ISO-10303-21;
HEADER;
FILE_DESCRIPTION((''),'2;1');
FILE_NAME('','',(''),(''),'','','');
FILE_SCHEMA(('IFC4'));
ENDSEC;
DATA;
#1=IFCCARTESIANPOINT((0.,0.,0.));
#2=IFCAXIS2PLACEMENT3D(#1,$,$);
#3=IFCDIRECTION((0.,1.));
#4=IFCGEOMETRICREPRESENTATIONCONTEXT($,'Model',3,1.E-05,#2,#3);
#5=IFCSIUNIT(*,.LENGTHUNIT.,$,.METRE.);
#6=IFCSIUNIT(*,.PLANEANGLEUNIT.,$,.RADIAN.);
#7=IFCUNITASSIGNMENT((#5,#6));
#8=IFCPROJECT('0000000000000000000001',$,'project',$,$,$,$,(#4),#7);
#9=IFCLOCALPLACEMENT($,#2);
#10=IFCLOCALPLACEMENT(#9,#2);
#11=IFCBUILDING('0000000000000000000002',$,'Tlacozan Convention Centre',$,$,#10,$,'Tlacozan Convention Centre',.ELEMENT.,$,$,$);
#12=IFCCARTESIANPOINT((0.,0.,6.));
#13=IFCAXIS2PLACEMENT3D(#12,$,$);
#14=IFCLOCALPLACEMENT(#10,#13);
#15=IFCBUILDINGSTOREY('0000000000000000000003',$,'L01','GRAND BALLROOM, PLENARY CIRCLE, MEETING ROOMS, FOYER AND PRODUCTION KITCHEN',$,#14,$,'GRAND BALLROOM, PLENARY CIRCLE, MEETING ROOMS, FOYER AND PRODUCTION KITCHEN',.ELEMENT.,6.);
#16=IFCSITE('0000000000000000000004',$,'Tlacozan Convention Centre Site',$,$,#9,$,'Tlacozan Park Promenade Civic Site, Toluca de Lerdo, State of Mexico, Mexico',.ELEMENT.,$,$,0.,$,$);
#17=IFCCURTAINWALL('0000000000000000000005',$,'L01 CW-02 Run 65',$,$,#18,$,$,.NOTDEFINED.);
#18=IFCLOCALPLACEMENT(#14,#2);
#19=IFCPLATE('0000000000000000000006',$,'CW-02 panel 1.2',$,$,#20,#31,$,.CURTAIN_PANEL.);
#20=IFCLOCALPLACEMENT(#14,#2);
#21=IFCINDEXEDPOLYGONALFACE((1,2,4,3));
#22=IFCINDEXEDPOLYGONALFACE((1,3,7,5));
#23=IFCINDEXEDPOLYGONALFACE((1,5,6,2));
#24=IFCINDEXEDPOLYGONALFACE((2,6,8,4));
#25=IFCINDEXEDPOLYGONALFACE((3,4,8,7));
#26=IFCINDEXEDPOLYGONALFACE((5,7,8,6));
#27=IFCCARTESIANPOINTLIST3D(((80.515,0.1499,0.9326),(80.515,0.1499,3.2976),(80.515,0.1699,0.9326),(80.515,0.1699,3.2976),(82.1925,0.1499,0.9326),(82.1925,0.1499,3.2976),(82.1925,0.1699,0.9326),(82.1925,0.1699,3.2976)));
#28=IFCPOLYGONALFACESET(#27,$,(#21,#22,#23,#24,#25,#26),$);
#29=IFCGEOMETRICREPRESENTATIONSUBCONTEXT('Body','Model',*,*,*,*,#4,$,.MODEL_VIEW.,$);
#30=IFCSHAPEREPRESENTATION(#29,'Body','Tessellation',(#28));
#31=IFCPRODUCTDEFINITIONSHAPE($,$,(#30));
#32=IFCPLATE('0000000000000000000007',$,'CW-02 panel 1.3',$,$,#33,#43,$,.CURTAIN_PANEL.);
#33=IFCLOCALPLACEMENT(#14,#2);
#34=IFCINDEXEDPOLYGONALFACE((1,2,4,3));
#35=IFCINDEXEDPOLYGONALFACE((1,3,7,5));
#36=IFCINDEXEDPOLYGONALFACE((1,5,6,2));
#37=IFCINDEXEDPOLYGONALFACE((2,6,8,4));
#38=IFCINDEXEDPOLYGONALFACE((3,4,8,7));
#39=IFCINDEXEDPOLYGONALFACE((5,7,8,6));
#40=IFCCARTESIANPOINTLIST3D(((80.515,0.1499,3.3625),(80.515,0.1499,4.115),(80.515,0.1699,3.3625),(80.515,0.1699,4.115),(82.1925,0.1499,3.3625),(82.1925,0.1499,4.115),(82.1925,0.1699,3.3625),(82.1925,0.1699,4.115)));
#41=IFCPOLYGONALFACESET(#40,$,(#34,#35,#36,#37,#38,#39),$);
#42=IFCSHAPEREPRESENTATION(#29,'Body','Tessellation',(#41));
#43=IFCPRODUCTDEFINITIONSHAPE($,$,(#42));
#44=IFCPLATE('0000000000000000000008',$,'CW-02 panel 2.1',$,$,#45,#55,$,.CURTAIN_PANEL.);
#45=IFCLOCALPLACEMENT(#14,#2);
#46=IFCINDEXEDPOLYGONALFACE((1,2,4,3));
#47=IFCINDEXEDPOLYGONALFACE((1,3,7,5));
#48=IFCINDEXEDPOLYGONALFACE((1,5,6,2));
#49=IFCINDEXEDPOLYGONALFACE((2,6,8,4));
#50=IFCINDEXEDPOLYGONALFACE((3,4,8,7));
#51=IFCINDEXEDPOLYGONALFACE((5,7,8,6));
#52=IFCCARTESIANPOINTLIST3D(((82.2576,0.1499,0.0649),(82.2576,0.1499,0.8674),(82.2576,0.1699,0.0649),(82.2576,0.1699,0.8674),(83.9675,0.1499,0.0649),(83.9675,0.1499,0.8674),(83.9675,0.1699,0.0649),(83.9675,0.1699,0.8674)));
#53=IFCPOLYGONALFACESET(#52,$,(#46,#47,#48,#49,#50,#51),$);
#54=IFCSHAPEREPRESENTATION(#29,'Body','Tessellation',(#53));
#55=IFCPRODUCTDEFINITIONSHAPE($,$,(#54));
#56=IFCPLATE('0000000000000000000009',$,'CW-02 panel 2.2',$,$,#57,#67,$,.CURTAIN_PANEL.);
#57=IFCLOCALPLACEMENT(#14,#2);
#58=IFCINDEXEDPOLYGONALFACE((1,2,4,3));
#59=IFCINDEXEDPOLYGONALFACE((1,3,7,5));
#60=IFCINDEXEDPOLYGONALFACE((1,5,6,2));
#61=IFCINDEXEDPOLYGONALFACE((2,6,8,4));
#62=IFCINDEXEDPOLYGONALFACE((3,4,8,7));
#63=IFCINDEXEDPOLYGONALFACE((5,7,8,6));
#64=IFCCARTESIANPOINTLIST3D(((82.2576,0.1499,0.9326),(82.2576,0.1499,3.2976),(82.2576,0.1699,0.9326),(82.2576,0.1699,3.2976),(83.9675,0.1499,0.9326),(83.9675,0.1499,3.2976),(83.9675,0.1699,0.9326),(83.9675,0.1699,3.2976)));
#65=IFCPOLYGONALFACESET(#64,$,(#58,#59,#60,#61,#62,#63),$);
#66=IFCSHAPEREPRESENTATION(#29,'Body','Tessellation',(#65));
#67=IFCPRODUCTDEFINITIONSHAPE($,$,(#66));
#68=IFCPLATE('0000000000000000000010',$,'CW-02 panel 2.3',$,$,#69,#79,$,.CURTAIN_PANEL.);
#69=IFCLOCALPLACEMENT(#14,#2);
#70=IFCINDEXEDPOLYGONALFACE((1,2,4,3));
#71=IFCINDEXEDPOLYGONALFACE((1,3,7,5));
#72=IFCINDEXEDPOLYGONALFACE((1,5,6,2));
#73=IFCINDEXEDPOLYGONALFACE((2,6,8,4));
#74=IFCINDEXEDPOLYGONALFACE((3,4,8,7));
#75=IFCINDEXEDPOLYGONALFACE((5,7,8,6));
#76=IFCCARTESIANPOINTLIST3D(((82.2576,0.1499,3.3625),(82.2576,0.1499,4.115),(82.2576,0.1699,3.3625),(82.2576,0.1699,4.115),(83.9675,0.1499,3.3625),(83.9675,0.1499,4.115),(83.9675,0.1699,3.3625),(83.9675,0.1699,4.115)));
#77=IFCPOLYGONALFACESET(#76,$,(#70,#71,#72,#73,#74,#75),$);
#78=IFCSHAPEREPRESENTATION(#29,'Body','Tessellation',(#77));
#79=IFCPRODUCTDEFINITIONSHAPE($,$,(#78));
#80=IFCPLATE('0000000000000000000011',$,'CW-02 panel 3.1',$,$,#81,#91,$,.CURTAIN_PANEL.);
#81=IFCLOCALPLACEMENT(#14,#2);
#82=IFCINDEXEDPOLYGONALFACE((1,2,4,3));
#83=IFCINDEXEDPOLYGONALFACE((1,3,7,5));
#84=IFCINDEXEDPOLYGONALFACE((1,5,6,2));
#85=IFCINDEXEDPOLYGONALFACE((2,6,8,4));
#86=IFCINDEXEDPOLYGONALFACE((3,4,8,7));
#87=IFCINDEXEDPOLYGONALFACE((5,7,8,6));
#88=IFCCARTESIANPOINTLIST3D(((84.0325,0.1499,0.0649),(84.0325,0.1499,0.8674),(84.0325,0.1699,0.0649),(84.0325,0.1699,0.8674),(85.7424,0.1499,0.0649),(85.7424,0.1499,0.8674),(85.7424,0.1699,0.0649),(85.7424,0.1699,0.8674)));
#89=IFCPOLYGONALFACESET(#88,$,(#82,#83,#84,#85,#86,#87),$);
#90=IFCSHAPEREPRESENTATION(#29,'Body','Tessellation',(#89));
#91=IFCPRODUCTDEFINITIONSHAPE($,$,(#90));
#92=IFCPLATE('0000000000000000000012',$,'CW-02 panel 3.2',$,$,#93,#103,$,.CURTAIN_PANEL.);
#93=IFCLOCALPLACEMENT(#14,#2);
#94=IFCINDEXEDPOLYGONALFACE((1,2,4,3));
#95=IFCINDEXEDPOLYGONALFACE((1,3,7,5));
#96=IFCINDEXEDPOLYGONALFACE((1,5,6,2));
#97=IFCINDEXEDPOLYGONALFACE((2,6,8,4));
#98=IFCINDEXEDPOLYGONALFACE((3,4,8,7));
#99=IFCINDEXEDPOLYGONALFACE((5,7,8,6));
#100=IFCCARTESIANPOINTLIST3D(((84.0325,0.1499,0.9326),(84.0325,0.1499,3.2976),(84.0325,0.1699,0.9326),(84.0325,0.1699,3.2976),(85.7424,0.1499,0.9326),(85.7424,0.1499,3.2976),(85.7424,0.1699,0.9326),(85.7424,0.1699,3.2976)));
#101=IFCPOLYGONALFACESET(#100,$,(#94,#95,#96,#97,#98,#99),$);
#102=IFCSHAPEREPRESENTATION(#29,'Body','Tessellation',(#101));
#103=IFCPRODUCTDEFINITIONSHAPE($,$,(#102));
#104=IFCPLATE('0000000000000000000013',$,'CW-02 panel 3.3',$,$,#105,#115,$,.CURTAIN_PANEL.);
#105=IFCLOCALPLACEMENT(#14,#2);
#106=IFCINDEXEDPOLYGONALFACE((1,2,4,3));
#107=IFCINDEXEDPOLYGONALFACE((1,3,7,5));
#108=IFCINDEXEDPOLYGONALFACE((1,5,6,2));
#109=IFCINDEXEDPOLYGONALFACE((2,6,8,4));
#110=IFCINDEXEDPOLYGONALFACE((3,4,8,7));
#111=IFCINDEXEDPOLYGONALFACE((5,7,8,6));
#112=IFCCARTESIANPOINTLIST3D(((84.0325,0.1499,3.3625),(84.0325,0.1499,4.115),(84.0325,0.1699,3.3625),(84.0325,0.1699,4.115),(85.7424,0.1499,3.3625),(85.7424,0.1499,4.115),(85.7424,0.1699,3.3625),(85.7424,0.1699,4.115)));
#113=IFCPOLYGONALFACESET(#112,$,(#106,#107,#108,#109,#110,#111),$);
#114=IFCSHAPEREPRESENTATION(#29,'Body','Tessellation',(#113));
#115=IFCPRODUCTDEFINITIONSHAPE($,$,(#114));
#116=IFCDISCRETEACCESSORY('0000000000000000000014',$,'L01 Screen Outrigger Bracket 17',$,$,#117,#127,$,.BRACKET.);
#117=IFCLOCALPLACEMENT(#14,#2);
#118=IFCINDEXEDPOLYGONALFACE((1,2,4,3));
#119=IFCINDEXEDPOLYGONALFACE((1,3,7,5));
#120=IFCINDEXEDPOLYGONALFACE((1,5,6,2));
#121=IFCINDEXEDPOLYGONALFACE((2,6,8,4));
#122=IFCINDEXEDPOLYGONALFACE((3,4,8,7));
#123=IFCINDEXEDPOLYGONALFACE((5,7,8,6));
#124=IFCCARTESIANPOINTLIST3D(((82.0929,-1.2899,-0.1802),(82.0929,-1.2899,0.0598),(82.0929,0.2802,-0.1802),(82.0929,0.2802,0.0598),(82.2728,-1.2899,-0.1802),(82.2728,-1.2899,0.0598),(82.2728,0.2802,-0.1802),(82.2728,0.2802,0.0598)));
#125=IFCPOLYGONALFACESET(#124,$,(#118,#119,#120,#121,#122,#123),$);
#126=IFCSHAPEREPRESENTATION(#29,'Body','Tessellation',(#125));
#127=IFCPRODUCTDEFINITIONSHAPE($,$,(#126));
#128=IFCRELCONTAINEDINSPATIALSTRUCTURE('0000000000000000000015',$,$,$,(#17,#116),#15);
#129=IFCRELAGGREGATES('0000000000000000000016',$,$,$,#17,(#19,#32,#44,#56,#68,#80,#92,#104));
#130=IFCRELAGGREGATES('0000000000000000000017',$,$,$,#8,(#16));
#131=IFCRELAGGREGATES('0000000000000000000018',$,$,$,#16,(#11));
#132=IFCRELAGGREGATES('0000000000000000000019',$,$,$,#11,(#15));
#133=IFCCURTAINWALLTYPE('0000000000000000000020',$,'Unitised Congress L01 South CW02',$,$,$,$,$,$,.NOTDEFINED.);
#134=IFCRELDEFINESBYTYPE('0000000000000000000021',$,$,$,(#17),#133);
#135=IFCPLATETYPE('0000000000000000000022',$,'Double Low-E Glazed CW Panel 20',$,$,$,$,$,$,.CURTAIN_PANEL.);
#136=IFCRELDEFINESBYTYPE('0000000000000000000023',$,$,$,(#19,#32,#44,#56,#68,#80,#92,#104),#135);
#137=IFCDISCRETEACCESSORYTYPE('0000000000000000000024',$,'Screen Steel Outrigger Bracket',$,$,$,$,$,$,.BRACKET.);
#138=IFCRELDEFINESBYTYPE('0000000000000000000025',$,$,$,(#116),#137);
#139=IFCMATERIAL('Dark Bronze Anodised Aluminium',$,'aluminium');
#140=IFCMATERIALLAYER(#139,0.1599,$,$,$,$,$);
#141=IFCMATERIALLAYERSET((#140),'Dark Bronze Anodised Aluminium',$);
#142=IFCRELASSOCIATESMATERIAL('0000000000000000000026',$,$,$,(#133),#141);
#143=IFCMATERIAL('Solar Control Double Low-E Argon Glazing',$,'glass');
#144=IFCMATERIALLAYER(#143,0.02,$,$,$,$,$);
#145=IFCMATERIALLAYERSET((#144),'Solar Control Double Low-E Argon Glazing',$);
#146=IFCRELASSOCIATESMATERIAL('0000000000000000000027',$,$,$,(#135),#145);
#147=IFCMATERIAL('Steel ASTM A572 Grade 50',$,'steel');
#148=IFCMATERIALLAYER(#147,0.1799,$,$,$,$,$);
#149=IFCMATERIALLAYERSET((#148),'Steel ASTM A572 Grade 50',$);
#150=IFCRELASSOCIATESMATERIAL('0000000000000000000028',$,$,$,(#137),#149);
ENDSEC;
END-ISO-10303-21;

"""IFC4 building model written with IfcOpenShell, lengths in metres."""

from ifc_helpers import new_model, si_unit, direction, frame, origin, origin_2d, place, context, subcontext, project, spatial, rectangle, extrude, material, layer, layer_set, type_object, element, aggregate, save


model = new_model("IFC4")

# Units and contexts
model_context = context("Model", 3, precision=1e-05, world=origin(), true_north=direction((0.0, 1.0)))
body_context = subcontext(model_context, "Body", "Model", "MODEL_VIEW")
ifc_project = project(units=[si_unit("LENGTHUNIT", "METRE"), si_unit("PLANEANGLEUNIT", "RADIAN")], contexts=[model_context])

# Site, building, storey
site_placement = place(None, origin())
site = spatial("IfcSite", under=ifc_project, at=site_placement, Name="Tlacozan Convention Centre Site", LongName="Tlacozan Park Promenade Civic Site, Toluca de Lerdo, State of Mexico, Mexico", CompositionType="ELEMENT", RefElevation=0.0)
building_placement = place(site_placement, origin())
building = spatial("IfcBuilding", under=site, at=building_placement, Name="Tlacozan Convention Centre", LongName="Tlacozan Convention Centre", CompositionType="ELEMENT")
storey_placement = place(building_placement, frame((0.0, 0.0, 6.0)))
storey = spatial("IfcBuildingStorey", under=building, at=storey_placement, Name="L01", Description="GRAND BALLROOM, PLENARY CIRCLE, MEETING ROOMS, FOYER AND PRODUCTION KITCHEN", LongName="GRAND BALLROOM, PLENARY CIRCLE, MEETING ROOMS, FOYER AND PRODUCTION KITCHEN", CompositionType="ELEMENT", Elevation=6.0)

# Curtain wall, plates
ifc_material_1 = material(Name="Dark Bronze Anodised Aluminium", Category="aluminium")
ifc_layer_1 = layer(ifc_material_1, 0.1599)
ifc_layer_set_1 = layer_set([ifc_layer_1], Name="Dark Bronze Anodised Aluminium")
curtain_wall_type = type_object("IfcCurtainWallType", Name="Unitised Congress L01 South CW02", PredefinedType="NOTDEFINED", material=ifc_layer_set_1)
curtain_wall_placement = place(storey_placement, origin())
curtain_wall = element("IfcCurtainWall", 1, at=curtain_wall_placement, inside=storey, type_object=curtain_wall_type, Name="L01 CW-02 Run 65", PredefinedType="NOTDEFINED")
ifc_material_2 = material(Name="Solar Control Double Low-E Argon Glazing", Category="glass")
ifc_layer_2 = layer(ifc_material_2, 0.02)
ifc_layer_set_2 = layer_set([ifc_layer_2], Name="Solar Control Double Low-E Argon Glazing")
plate_type = type_object("IfcPlateType", Name="Double Low-E Glazed CW Panel 20", PredefinedType="CURTAIN_PANEL", material=ifc_layer_set_2)
plate_1_placement = place(storey_placement, frame((81.3538, 0.1599, 0.9326), z_axis=(0.0, 0.0, 1.0), x_axis=(1.0, 0.0, 0.0)))
plate_1 = element("IfcPlate", 2, at=plate_1_placement, type_object=plate_type, Name="CW-02 panel 1.2", PredefinedType="CURTAIN_PANEL", context=body_context, shape_type="SweptSolid", body=[
    extrude(rectangle(XDim=1.6775, YDim=0.02, at=origin_2d()), origin(), (0.0, 0.0, 1.0), 2.365),
])
plate_2_placement = place(storey_placement, frame((81.3538, 0.1599, 3.3625), z_axis=(0.0, 0.0, 1.0), x_axis=(1.0, 0.0, 0.0)))
plate_2 = element("IfcPlate", 3, at=plate_2_placement, type_object=plate_type, Name="CW-02 panel 1.3", PredefinedType="CURTAIN_PANEL", context=body_context, shape_type="SweptSolid", body=[
    extrude(rectangle(XDim=1.6775, YDim=0.02, at=origin_2d()), origin(), (0.0, 0.0, 1.0), 0.7524),
])
plate_3_placement = place(storey_placement, frame((83.1125, 0.1599, 0.0649), z_axis=(0.0, 0.0, 1.0), x_axis=(1.0, 0.0, 0.0)))
plate_3 = element("IfcPlate", 4, at=plate_3_placement, type_object=plate_type, Name="CW-02 panel 2.1", PredefinedType="CURTAIN_PANEL", context=body_context, shape_type="SweptSolid", body=[
    extrude(rectangle(XDim=1.71, YDim=0.02, at=origin_2d()), origin(), (0.0, 0.0, 1.0), 0.8025),
])
plate_4_placement = place(storey_placement, frame((83.1125, 0.1599, 0.9326), z_axis=(0.0, 0.0, 1.0), x_axis=(1.0, 0.0, 0.0)))
plate_4 = element("IfcPlate", 5, at=plate_4_placement, type_object=plate_type, Name="CW-02 panel 2.2", PredefinedType="CURTAIN_PANEL", context=body_context, shape_type="SweptSolid", body=[
    extrude(rectangle(XDim=1.71, YDim=0.02, at=origin_2d()), origin(), (0.0, 0.0, 1.0), 2.365),
])
plate_5_placement = place(storey_placement, frame((83.1125, 0.1599, 3.3625), z_axis=(0.0, 0.0, 1.0), x_axis=(1.0, 0.0, 0.0)))
plate_5 = element("IfcPlate", 6, at=plate_5_placement, type_object=plate_type, Name="CW-02 panel 2.3", PredefinedType="CURTAIN_PANEL", context=body_context, shape_type="SweptSolid", body=[
    extrude(rectangle(XDim=1.71, YDim=0.02, at=origin_2d()), origin(), (0.0, 0.0, 1.0), 0.7524),
])
plate_6_placement = place(storey_placement, frame((84.8875, 0.1599, 0.0649), z_axis=(0.0, 0.0, 1.0), x_axis=(1.0, 0.0, 0.0)))
plate_6 = element("IfcPlate", 7, at=plate_6_placement, type_object=plate_type, Name="CW-02 panel 3.1", PredefinedType="CURTAIN_PANEL", context=body_context, shape_type="SweptSolid", body=[
    extrude(rectangle(XDim=1.71, YDim=0.02, at=origin_2d()), origin(), (0.0, 0.0, 1.0), 0.8025),
])
plate_7_placement = place(storey_placement, frame((84.8875, 0.1599, 0.9326), z_axis=(0.0, 0.0, 1.0), x_axis=(1.0, 0.0, 0.0)))
plate_7 = element("IfcPlate", 8, at=plate_7_placement, type_object=plate_type, Name="CW-02 panel 3.2", PredefinedType="CURTAIN_PANEL", context=body_context, shape_type="SweptSolid", body=[
    extrude(rectangle(XDim=1.71, YDim=0.02, at=origin_2d()), origin(), (0.0, 0.0, 1.0), 2.365),
])
plate_8_placement = place(storey_placement, frame((84.8875, 0.1599, 3.3625), z_axis=(0.0, 0.0, 1.0), x_axis=(1.0, 0.0, 0.0)))
plate_8 = element("IfcPlate", 9, at=plate_8_placement, type_object=plate_type, Name="CW-02 panel 3.3", PredefinedType="CURTAIN_PANEL", context=body_context, shape_type="SweptSolid", body=[
    extrude(rectangle(XDim=1.71, YDim=0.02, at=origin_2d()), origin(), (0.0, 0.0, 1.0), 0.7524),
])
aggregate(curtain_wall, [plate_1, plate_2, plate_3, plate_4, plate_5, plate_6, plate_7, plate_8])

# Discrete accessory
ifc_material_3 = material(Name="Steel ASTM A572 Grade 50", Category="steel")
ifc_layer_3 = layer(ifc_material_3, 0.1799)
ifc_layer_set_3 = layer_set([ifc_layer_3], Name="Steel ASTM A572 Grade 50")
discrete_accessory_type = type_object("IfcDiscreteAccessoryType", Name="Screen Steel Outrigger Bracket", PredefinedType="BRACKET", material=ifc_layer_set_3)
discrete_accessory_placement = place(storey_placement, frame((82.1829, -0.5049, -0.1802), z_axis=(0.0, 0.0, 1.0), x_axis=(0.0, 1.0, 0.0)))
element("IfcDiscreteAccessory", 10, at=discrete_accessory_placement, inside=storey, type_object=discrete_accessory_type, Name="L01 Screen Outrigger Bracket 17", PredefinedType="BRACKET", context=body_context, shape_type="SweptSolid", body=[
    extrude(rectangle(XDim=1.5701, YDim=0.1799, at=origin_2d()), origin(), (0.0, 0.0, 1.0), 0.24),
])

save(model, "model.ifc")
